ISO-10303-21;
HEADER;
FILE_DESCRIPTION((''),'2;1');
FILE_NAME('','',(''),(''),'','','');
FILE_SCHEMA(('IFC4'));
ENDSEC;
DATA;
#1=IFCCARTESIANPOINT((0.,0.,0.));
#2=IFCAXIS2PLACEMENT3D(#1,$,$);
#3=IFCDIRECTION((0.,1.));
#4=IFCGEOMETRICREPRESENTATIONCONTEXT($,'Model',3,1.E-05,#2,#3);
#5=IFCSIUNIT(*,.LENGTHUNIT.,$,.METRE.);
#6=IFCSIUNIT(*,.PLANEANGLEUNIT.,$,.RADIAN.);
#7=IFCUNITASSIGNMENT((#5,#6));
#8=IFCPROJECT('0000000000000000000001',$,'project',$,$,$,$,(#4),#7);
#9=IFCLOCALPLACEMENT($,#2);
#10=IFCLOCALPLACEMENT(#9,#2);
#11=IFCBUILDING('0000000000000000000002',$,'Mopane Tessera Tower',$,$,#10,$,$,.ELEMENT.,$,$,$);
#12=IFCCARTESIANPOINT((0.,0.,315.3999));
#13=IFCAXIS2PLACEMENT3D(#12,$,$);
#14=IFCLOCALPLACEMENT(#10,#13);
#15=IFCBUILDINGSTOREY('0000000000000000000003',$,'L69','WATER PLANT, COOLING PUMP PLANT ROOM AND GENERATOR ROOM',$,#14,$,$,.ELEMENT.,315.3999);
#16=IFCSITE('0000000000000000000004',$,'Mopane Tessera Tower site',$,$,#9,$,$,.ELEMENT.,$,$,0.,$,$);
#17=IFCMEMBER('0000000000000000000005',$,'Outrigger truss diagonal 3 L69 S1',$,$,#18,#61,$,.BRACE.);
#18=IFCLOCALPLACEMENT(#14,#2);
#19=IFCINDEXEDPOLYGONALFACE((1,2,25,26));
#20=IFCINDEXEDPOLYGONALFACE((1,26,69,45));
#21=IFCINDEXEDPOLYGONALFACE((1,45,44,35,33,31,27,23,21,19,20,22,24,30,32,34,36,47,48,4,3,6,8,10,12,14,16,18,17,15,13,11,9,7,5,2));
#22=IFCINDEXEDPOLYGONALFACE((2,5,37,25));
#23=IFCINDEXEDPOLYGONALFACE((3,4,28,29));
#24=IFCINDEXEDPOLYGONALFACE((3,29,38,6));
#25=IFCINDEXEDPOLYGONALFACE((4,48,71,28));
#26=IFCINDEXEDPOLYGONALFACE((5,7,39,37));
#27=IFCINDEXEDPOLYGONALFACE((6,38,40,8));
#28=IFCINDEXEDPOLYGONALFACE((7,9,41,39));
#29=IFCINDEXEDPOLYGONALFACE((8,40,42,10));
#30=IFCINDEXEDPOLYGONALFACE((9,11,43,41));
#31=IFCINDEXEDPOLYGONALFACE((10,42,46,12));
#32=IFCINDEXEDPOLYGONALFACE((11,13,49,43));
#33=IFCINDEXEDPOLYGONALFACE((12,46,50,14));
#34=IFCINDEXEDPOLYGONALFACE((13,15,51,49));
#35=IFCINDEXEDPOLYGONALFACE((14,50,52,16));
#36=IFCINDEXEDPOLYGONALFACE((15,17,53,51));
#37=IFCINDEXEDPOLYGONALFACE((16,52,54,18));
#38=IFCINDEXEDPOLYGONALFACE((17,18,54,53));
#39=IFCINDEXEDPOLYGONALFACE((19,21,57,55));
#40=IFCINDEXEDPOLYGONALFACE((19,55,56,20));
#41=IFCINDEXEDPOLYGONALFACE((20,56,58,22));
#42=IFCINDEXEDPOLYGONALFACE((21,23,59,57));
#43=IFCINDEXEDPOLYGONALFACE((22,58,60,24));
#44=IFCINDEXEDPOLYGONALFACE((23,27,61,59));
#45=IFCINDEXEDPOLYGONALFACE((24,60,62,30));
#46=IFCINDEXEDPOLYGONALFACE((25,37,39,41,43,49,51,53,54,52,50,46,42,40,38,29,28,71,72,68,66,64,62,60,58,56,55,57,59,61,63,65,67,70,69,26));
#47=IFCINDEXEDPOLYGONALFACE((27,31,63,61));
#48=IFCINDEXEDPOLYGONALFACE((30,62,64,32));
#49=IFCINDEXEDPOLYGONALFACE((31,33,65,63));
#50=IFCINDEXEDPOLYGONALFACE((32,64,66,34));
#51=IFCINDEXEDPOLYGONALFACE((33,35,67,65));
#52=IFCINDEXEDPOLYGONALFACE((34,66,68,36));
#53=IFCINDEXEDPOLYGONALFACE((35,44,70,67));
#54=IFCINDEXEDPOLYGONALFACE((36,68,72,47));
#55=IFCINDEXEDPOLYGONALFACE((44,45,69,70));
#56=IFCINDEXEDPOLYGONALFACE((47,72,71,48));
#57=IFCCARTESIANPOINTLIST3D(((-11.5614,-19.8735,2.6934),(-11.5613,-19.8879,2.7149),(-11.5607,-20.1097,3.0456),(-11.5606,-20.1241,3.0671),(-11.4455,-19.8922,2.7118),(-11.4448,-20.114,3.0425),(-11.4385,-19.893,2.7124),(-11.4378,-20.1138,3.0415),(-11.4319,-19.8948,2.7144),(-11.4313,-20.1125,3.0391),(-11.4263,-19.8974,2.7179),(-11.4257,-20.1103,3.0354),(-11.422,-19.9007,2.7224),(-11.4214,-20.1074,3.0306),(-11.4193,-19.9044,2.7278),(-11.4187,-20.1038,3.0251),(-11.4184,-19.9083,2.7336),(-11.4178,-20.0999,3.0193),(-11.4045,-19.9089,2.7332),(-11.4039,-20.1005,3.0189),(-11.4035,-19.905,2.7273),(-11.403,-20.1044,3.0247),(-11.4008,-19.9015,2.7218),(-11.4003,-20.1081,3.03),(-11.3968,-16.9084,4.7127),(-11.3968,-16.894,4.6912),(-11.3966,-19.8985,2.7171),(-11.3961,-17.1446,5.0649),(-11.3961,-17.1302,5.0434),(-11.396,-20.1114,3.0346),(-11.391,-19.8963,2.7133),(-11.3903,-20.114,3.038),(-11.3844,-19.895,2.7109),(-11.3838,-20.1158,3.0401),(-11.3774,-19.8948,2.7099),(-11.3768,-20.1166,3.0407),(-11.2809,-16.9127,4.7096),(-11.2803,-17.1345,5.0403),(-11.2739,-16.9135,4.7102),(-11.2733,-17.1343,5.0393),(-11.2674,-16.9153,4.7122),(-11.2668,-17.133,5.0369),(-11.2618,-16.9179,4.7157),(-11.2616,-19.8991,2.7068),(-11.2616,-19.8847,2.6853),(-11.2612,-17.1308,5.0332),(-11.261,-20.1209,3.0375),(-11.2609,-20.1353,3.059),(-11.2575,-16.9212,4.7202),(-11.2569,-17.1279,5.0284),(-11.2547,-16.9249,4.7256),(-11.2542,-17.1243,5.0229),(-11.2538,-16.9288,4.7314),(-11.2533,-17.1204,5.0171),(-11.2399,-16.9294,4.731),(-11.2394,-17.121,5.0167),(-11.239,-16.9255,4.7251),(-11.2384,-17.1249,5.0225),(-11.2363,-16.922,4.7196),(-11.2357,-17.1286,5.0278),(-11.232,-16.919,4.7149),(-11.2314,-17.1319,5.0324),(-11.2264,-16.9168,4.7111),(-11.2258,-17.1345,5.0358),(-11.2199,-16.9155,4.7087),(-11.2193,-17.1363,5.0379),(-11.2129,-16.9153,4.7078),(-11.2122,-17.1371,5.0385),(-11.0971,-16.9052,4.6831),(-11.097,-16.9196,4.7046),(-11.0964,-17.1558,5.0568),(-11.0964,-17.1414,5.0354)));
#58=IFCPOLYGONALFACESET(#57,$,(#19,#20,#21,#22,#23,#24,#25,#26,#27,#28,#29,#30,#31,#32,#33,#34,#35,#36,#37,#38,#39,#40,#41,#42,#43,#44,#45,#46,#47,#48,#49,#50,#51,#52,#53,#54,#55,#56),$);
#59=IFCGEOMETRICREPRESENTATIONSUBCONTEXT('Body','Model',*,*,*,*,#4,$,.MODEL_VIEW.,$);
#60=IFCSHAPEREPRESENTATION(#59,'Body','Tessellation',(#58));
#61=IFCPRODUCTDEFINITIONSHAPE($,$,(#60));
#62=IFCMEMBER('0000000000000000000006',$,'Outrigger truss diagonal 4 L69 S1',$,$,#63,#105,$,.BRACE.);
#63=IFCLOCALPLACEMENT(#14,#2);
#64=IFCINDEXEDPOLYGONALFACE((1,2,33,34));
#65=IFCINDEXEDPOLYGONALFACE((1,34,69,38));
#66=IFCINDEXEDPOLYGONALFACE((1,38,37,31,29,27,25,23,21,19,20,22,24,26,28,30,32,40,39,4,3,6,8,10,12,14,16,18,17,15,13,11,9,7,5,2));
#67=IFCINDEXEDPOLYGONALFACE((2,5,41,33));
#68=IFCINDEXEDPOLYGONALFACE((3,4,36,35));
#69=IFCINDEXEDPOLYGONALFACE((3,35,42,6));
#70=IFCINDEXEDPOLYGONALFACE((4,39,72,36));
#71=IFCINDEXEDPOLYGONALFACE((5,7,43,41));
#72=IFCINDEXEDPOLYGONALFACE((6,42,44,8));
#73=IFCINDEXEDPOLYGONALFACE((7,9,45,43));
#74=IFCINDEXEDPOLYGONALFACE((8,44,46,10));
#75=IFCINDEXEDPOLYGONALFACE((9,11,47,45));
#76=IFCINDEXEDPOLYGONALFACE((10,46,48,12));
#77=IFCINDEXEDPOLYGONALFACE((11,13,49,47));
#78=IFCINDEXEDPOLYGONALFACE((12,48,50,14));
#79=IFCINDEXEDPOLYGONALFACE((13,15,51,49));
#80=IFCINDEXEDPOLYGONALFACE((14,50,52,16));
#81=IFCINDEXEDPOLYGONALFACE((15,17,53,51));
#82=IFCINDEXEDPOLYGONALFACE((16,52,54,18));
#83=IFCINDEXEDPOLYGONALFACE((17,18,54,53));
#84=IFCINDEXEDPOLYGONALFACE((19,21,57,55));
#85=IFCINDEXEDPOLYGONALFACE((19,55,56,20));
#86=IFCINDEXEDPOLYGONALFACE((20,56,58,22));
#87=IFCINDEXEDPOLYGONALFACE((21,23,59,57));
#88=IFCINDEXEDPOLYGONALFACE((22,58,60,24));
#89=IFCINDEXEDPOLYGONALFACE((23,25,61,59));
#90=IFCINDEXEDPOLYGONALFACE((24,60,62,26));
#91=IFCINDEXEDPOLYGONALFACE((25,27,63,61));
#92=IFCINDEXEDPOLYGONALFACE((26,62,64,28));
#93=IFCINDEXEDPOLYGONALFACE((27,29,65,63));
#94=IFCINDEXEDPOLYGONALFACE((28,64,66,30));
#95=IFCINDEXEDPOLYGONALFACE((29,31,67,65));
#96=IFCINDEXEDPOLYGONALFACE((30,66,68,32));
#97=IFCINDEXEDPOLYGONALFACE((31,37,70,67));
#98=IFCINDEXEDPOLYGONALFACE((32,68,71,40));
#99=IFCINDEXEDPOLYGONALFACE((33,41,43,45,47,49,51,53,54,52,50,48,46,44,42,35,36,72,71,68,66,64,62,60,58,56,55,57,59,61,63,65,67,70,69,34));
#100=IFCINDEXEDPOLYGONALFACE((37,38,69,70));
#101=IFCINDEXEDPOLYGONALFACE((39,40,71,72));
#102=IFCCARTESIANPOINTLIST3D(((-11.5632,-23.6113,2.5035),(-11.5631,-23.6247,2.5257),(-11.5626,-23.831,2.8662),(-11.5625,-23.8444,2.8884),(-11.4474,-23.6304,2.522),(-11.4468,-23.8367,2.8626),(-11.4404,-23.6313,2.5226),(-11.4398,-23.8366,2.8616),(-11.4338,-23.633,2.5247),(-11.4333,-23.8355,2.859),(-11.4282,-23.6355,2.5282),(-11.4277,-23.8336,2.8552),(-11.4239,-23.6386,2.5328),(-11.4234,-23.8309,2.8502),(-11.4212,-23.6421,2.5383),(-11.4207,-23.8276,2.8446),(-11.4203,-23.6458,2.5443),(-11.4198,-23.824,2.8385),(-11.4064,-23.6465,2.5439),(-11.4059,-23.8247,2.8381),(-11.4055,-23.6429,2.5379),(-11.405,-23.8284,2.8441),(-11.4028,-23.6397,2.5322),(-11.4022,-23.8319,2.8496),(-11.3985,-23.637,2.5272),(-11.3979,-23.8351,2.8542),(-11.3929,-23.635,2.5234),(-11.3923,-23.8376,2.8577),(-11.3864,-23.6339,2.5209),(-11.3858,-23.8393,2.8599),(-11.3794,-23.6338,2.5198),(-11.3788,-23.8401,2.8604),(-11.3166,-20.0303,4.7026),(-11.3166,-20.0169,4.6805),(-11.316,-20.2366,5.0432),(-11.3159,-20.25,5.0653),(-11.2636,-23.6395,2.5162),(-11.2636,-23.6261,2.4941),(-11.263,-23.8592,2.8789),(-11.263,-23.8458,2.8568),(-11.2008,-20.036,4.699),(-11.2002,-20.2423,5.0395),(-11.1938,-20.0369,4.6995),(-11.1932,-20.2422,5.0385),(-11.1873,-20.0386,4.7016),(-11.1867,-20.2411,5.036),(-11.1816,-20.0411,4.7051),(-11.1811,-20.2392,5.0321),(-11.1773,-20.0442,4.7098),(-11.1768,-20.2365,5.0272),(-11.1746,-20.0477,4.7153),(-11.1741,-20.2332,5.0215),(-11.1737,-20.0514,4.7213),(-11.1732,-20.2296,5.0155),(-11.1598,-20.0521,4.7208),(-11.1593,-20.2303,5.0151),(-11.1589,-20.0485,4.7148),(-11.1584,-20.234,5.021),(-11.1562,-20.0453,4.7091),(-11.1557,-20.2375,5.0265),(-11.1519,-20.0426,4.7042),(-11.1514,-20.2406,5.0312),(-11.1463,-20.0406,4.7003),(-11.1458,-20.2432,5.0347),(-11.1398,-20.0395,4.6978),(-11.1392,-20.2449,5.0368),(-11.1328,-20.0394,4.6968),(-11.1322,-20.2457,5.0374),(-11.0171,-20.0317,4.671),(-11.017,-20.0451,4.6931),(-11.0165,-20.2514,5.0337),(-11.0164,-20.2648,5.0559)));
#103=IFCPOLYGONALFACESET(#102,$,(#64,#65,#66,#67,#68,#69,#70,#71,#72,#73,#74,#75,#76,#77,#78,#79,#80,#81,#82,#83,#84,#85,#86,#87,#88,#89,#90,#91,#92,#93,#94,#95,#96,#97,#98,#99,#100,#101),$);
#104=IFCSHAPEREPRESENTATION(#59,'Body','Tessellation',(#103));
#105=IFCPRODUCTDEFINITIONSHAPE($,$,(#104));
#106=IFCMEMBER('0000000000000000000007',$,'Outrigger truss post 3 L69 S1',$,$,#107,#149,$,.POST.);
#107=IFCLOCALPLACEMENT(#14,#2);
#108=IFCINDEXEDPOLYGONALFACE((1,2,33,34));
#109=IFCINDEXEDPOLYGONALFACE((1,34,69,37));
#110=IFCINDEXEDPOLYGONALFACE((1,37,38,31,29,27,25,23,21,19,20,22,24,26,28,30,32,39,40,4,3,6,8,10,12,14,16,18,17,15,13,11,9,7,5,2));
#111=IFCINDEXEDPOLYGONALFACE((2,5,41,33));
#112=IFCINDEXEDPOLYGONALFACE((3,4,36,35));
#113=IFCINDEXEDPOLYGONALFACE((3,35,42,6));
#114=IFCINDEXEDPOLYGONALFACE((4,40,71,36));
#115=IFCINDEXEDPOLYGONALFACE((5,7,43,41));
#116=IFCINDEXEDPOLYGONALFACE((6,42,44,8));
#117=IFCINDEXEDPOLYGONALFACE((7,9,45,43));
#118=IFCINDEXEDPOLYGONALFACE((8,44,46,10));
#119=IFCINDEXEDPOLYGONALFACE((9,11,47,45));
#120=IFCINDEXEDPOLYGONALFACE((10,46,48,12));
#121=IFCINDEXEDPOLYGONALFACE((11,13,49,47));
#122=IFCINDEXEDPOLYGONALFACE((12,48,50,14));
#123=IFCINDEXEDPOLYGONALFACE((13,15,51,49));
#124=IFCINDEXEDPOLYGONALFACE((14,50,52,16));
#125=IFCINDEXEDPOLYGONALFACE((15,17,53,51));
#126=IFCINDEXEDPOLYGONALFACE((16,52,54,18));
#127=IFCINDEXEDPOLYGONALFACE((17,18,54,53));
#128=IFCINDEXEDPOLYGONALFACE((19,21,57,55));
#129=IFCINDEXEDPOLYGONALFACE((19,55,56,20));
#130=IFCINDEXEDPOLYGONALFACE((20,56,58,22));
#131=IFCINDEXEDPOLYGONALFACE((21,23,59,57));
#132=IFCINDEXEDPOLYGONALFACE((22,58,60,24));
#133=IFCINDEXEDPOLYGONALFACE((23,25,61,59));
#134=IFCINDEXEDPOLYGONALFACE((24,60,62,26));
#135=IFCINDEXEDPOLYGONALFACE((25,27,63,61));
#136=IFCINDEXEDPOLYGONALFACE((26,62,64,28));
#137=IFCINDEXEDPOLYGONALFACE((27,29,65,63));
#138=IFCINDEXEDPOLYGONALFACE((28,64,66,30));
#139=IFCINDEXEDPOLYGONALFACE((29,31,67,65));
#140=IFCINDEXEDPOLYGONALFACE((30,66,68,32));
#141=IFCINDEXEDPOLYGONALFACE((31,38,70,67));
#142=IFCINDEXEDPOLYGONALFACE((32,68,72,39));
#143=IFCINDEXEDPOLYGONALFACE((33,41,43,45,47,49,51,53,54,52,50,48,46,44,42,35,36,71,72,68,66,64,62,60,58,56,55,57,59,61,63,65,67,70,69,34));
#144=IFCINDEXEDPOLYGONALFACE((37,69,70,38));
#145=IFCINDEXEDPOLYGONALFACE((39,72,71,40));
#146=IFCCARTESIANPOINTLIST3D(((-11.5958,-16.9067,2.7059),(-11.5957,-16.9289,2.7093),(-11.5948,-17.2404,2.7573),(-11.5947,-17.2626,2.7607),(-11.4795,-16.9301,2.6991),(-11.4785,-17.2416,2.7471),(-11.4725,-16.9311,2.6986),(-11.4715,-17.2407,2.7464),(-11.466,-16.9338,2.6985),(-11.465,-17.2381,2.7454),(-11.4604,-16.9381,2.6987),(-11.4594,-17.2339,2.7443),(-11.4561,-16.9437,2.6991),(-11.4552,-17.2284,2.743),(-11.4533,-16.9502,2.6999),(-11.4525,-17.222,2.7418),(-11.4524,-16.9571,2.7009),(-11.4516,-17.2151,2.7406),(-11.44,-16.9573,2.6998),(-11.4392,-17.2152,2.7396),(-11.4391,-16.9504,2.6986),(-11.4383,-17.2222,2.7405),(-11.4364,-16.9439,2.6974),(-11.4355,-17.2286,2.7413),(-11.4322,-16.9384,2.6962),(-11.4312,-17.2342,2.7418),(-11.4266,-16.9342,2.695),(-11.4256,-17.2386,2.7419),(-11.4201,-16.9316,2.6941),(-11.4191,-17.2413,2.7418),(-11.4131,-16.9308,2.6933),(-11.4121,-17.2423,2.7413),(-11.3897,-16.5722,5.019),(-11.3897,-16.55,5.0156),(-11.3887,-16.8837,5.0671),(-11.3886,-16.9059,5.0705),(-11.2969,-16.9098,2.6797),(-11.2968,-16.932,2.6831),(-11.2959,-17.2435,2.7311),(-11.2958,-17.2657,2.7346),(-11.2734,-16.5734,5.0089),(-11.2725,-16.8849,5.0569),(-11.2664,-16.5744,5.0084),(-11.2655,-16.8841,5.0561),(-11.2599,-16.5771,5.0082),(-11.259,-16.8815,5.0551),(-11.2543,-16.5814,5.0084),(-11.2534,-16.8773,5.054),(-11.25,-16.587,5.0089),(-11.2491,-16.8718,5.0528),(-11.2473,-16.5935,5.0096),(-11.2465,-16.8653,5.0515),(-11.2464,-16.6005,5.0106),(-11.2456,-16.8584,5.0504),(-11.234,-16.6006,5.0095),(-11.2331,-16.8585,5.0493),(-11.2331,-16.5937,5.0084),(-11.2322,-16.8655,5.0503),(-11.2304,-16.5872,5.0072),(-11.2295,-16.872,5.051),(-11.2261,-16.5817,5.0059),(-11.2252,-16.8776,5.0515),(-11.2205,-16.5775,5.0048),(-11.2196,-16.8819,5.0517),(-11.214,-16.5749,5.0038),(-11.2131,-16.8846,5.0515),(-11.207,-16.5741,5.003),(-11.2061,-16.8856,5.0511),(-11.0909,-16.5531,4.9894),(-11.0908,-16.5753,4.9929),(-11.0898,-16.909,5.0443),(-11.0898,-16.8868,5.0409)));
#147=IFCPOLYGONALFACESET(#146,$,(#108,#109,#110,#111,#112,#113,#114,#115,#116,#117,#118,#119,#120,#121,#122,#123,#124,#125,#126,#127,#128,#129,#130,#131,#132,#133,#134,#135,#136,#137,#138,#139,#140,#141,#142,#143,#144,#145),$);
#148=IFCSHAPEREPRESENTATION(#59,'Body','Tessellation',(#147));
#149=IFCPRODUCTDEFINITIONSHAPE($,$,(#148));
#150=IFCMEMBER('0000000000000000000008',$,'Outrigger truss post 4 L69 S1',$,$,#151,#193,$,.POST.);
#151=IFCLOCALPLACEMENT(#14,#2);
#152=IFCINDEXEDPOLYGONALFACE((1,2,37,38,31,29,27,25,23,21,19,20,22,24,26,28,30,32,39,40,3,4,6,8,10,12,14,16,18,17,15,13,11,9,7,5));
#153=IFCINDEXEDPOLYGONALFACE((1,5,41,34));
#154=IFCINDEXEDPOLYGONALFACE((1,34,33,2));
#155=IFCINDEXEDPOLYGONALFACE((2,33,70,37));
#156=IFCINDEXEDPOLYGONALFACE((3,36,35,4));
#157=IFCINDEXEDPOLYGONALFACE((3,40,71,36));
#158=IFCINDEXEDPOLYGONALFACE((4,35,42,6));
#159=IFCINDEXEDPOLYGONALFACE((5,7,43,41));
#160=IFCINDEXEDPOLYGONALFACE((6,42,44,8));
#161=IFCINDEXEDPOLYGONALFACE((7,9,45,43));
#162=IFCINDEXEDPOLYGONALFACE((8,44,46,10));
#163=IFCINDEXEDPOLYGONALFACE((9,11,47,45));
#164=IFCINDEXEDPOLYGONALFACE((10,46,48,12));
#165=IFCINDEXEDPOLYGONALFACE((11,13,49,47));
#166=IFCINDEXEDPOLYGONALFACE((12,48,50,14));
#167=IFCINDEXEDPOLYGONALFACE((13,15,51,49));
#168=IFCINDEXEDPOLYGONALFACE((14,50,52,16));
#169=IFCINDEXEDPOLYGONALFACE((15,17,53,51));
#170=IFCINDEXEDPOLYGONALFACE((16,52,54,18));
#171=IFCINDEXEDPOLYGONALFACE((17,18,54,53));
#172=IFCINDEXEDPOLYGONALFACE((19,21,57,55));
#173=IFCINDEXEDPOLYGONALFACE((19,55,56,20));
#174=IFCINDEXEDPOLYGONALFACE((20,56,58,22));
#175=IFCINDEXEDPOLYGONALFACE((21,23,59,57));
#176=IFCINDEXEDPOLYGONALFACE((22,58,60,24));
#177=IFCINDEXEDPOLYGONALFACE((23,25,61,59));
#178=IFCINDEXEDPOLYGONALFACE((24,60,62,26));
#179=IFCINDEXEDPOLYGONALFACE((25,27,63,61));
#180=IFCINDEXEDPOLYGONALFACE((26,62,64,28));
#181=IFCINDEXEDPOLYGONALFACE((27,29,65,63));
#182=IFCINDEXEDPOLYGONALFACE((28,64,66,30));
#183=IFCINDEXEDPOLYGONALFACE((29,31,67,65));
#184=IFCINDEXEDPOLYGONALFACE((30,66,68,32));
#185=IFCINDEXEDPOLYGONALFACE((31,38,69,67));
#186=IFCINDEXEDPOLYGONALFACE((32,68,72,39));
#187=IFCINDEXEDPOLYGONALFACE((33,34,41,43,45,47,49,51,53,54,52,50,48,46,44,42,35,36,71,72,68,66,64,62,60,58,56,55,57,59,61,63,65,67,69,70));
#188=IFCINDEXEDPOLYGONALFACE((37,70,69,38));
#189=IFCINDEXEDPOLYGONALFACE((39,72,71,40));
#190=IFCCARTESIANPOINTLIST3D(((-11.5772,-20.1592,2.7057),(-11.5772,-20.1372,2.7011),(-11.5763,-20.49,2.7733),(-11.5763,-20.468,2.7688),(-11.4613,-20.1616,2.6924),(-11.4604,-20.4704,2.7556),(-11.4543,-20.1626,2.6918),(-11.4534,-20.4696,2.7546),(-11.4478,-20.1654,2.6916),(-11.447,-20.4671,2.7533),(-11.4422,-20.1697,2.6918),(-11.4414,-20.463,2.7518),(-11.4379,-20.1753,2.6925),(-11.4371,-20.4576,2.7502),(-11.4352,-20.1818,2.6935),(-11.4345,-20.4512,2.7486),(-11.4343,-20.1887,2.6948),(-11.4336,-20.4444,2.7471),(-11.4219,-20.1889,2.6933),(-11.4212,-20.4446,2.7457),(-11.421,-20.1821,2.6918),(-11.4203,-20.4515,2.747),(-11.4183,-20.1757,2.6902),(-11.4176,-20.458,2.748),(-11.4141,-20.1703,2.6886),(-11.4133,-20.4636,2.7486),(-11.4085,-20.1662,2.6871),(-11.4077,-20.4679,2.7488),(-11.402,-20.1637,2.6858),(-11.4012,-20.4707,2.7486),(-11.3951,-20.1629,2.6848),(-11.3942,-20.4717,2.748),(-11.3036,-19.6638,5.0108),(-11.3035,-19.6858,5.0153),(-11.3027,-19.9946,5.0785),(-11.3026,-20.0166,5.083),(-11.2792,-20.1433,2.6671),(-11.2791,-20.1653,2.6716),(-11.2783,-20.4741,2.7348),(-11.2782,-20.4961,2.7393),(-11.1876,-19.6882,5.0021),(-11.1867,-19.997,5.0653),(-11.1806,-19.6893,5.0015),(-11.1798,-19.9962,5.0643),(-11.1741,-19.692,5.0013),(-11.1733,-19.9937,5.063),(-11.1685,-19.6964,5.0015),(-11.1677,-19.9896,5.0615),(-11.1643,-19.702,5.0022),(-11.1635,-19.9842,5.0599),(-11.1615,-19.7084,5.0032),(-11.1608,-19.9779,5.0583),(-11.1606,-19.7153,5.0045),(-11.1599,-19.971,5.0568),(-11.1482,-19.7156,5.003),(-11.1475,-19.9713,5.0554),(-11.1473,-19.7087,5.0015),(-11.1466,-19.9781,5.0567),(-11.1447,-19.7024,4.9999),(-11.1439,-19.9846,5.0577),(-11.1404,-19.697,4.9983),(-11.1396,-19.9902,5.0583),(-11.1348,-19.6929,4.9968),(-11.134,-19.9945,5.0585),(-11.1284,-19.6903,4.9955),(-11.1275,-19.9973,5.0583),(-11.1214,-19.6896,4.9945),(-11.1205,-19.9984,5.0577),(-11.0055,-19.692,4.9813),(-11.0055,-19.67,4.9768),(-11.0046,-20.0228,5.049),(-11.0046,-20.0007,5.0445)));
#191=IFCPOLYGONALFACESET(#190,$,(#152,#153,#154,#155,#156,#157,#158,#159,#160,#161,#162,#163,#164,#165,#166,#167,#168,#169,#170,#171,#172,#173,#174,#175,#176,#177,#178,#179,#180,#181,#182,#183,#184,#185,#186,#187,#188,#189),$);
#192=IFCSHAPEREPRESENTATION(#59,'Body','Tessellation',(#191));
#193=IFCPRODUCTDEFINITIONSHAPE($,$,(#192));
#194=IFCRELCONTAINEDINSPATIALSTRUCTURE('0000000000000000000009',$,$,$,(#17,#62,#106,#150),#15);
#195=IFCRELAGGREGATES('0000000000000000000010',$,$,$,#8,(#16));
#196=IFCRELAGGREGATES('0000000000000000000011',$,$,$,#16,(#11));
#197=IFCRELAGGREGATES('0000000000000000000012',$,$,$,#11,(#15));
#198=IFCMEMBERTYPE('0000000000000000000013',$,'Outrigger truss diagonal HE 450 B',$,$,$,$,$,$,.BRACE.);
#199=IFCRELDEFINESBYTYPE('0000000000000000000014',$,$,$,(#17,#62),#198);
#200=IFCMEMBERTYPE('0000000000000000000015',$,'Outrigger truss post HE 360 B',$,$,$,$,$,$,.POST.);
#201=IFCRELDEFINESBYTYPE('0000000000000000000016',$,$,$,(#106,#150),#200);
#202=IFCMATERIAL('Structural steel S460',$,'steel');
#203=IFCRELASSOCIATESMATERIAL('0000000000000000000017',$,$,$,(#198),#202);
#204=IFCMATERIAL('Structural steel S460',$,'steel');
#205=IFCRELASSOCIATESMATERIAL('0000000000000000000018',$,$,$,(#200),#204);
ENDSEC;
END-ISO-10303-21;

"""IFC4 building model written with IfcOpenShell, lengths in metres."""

from ifc_helpers import new_model, si_unit, direction, frame, origin, origin_2d, place, context, subcontext, project, spatial, i_section, extrude, material, material_profile, profile_set, type_object, element, save


model = new_model("IFC4")

# Units and contexts
model_context = context("Model", 3, precision=1e-05, world=origin(), true_north=direction((0.0, 1.0)))
body_context = subcontext(model_context, "Body", "Model", "MODEL_VIEW")
ifc_project = project(units=[si_unit("LENGTHUNIT", "METRE"), si_unit("PLANEANGLEUNIT", "RADIAN")], contexts=[model_context])

# Site, building, storey
site_placement = place(None, origin())
site = spatial("IfcSite", under=ifc_project, at=site_placement, Name="Mopane Tessera Tower site", CompositionType="ELEMENT", RefElevation=0.0)
building_placement = place(site_placement, origin())
building = spatial("IfcBuilding", under=site, at=building_placement, Name="Mopane Tessera Tower", CompositionType="ELEMENT")
storey_placement = place(building_placement, frame((0.0, 0.0, 315.3999)))
storey = spatial("IfcBuildingStorey", under=building, at=storey_placement, Name="L69", Description="WATER PLANT, COOLING PUMP PLANT ROOM AND GENERATOR ROOM", CompositionType="ELEMENT", Elevation=315.3999)

# Members
ifc_material_1 = material(Name="Structural steel S460", Category="steel")
ifc_material_profile_1 = material_profile(ifc_material_1, i_section(OverallWidth=0.3, OverallDepth=0.45, WebThickness=0.0139, FlangeThickness=0.0259, FilletRadius=0.0271, at=origin_2d()))
ifc_profile_set_1 = profile_set([ifc_material_profile_1], Name="Structural steel S460")
member_type_1 = type_object("IfcMemberType", Name="Outrigger truss diagonal HE 450 B", PredefinedType="BRACE", material=ifc_profile_set_1)
member_1_placement = place(storey_placement, frame((-11.2466, -17.0249, 4.874), z_axis=(-0.045822, -0.829699, -0.556328), x_axis=(0.998948, -0.037175, -0.026837)))
element("IfcMember", 1, at=member_1_placement, inside=storey, type_object=member_type_1, Name="Outrigger truss diagonal 3 L69 S1", PredefinedType="BRACE", context=body_context, shape_type="SweptSolid", body=[
    extrude(i_section(OverallWidth=0.3, OverallDepth=0.45, WebThickness=0.0139, FlangeThickness=0.0259, FilletRadius=0.0271, at=origin_2d()), origin(), (0.0, 0.0, 1.0), 3.5911),
])
member_2_placement = place(storey_placement, frame((-11.1665, -20.1409, 4.8682), z_axis=(-0.058577, -0.853884, -0.517156), x_axis=(0.998282, -0.049362, -0.03157)))
element("IfcMember", 2, at=member_2_placement, inside=storey, type_object=member_type_1, Name="Outrigger truss diagonal 4 L69 S1", PredefinedType="BRACE", context=body_context, shape_type="SweptSolid", body=[
    extrude(i_section(OverallWidth=0.3, OverallDepth=0.45, WebThickness=0.0139, FlangeThickness=0.0259, FilletRadius=0.0271, at=origin_2d()), origin(), (0.0, 0.0, 1.0), 4.2095),
])
ifc_material_2 = material(Name="Structural steel S460", Category="steel")
ifc_material_profile_2 = material_profile(ifc_material_2, i_section(OverallWidth=0.3, OverallDepth=0.3601, WebThickness=0.0125, FlangeThickness=0.0225, FilletRadius=0.0271, at=origin_2d()))
ifc_profile_set_2 = profile_set([ifc_material_profile_2], Name="Structural steel S460")
member_type_2 = type_object("IfcMemberType", Name="Outrigger truss post HE 360 B", PredefinedType="POST", material=ifc_profile_set_2)
member_3_placement = place(storey_placement, frame((-11.4458, -17.0862, 2.7202), z_axis=(0.087823, 0.152025, 0.984467), x_axis=(0.996131, -0.010354, -0.087264)))
element("IfcMember", 3, at=member_3_placement, inside=storey, type_object=member_type_2, Name="Outrigger truss post 3 L69 S1", PredefinedType="POST", context=body_context, shape_type="SweptSolid", body=[
    extrude(i_section(OverallWidth=0.3, OverallDepth=0.3601, WebThickness=0.0125, FlangeThickness=0.0225, FilletRadius=0.0271, at=origin_2d()), origin(), (0.0, 0.0, 1.0), 2.3462),
])
member_4_placement = place(storey_placement, frame((-11.4277, -20.3167, 2.7202), z_axis=(0.1153, 0.199434, 0.973104), x_axis=(0.993327, -0.020458, -0.113503)))
element("IfcMember", 4, at=member_4_placement, inside=storey, type_object=member_type_2, Name="Outrigger truss post 4 L69 S1", PredefinedType="POST", context=body_context, shape_type="SweptSolid", body=[
    extrude(i_section(OverallWidth=0.3, OverallDepth=0.3601, WebThickness=0.0125, FlangeThickness=0.0225, FilletRadius=0.0271, at=origin_2d()), origin(), (0.0, 0.0, 1.0), 2.3735),
])

save(model, "model.ifc")
